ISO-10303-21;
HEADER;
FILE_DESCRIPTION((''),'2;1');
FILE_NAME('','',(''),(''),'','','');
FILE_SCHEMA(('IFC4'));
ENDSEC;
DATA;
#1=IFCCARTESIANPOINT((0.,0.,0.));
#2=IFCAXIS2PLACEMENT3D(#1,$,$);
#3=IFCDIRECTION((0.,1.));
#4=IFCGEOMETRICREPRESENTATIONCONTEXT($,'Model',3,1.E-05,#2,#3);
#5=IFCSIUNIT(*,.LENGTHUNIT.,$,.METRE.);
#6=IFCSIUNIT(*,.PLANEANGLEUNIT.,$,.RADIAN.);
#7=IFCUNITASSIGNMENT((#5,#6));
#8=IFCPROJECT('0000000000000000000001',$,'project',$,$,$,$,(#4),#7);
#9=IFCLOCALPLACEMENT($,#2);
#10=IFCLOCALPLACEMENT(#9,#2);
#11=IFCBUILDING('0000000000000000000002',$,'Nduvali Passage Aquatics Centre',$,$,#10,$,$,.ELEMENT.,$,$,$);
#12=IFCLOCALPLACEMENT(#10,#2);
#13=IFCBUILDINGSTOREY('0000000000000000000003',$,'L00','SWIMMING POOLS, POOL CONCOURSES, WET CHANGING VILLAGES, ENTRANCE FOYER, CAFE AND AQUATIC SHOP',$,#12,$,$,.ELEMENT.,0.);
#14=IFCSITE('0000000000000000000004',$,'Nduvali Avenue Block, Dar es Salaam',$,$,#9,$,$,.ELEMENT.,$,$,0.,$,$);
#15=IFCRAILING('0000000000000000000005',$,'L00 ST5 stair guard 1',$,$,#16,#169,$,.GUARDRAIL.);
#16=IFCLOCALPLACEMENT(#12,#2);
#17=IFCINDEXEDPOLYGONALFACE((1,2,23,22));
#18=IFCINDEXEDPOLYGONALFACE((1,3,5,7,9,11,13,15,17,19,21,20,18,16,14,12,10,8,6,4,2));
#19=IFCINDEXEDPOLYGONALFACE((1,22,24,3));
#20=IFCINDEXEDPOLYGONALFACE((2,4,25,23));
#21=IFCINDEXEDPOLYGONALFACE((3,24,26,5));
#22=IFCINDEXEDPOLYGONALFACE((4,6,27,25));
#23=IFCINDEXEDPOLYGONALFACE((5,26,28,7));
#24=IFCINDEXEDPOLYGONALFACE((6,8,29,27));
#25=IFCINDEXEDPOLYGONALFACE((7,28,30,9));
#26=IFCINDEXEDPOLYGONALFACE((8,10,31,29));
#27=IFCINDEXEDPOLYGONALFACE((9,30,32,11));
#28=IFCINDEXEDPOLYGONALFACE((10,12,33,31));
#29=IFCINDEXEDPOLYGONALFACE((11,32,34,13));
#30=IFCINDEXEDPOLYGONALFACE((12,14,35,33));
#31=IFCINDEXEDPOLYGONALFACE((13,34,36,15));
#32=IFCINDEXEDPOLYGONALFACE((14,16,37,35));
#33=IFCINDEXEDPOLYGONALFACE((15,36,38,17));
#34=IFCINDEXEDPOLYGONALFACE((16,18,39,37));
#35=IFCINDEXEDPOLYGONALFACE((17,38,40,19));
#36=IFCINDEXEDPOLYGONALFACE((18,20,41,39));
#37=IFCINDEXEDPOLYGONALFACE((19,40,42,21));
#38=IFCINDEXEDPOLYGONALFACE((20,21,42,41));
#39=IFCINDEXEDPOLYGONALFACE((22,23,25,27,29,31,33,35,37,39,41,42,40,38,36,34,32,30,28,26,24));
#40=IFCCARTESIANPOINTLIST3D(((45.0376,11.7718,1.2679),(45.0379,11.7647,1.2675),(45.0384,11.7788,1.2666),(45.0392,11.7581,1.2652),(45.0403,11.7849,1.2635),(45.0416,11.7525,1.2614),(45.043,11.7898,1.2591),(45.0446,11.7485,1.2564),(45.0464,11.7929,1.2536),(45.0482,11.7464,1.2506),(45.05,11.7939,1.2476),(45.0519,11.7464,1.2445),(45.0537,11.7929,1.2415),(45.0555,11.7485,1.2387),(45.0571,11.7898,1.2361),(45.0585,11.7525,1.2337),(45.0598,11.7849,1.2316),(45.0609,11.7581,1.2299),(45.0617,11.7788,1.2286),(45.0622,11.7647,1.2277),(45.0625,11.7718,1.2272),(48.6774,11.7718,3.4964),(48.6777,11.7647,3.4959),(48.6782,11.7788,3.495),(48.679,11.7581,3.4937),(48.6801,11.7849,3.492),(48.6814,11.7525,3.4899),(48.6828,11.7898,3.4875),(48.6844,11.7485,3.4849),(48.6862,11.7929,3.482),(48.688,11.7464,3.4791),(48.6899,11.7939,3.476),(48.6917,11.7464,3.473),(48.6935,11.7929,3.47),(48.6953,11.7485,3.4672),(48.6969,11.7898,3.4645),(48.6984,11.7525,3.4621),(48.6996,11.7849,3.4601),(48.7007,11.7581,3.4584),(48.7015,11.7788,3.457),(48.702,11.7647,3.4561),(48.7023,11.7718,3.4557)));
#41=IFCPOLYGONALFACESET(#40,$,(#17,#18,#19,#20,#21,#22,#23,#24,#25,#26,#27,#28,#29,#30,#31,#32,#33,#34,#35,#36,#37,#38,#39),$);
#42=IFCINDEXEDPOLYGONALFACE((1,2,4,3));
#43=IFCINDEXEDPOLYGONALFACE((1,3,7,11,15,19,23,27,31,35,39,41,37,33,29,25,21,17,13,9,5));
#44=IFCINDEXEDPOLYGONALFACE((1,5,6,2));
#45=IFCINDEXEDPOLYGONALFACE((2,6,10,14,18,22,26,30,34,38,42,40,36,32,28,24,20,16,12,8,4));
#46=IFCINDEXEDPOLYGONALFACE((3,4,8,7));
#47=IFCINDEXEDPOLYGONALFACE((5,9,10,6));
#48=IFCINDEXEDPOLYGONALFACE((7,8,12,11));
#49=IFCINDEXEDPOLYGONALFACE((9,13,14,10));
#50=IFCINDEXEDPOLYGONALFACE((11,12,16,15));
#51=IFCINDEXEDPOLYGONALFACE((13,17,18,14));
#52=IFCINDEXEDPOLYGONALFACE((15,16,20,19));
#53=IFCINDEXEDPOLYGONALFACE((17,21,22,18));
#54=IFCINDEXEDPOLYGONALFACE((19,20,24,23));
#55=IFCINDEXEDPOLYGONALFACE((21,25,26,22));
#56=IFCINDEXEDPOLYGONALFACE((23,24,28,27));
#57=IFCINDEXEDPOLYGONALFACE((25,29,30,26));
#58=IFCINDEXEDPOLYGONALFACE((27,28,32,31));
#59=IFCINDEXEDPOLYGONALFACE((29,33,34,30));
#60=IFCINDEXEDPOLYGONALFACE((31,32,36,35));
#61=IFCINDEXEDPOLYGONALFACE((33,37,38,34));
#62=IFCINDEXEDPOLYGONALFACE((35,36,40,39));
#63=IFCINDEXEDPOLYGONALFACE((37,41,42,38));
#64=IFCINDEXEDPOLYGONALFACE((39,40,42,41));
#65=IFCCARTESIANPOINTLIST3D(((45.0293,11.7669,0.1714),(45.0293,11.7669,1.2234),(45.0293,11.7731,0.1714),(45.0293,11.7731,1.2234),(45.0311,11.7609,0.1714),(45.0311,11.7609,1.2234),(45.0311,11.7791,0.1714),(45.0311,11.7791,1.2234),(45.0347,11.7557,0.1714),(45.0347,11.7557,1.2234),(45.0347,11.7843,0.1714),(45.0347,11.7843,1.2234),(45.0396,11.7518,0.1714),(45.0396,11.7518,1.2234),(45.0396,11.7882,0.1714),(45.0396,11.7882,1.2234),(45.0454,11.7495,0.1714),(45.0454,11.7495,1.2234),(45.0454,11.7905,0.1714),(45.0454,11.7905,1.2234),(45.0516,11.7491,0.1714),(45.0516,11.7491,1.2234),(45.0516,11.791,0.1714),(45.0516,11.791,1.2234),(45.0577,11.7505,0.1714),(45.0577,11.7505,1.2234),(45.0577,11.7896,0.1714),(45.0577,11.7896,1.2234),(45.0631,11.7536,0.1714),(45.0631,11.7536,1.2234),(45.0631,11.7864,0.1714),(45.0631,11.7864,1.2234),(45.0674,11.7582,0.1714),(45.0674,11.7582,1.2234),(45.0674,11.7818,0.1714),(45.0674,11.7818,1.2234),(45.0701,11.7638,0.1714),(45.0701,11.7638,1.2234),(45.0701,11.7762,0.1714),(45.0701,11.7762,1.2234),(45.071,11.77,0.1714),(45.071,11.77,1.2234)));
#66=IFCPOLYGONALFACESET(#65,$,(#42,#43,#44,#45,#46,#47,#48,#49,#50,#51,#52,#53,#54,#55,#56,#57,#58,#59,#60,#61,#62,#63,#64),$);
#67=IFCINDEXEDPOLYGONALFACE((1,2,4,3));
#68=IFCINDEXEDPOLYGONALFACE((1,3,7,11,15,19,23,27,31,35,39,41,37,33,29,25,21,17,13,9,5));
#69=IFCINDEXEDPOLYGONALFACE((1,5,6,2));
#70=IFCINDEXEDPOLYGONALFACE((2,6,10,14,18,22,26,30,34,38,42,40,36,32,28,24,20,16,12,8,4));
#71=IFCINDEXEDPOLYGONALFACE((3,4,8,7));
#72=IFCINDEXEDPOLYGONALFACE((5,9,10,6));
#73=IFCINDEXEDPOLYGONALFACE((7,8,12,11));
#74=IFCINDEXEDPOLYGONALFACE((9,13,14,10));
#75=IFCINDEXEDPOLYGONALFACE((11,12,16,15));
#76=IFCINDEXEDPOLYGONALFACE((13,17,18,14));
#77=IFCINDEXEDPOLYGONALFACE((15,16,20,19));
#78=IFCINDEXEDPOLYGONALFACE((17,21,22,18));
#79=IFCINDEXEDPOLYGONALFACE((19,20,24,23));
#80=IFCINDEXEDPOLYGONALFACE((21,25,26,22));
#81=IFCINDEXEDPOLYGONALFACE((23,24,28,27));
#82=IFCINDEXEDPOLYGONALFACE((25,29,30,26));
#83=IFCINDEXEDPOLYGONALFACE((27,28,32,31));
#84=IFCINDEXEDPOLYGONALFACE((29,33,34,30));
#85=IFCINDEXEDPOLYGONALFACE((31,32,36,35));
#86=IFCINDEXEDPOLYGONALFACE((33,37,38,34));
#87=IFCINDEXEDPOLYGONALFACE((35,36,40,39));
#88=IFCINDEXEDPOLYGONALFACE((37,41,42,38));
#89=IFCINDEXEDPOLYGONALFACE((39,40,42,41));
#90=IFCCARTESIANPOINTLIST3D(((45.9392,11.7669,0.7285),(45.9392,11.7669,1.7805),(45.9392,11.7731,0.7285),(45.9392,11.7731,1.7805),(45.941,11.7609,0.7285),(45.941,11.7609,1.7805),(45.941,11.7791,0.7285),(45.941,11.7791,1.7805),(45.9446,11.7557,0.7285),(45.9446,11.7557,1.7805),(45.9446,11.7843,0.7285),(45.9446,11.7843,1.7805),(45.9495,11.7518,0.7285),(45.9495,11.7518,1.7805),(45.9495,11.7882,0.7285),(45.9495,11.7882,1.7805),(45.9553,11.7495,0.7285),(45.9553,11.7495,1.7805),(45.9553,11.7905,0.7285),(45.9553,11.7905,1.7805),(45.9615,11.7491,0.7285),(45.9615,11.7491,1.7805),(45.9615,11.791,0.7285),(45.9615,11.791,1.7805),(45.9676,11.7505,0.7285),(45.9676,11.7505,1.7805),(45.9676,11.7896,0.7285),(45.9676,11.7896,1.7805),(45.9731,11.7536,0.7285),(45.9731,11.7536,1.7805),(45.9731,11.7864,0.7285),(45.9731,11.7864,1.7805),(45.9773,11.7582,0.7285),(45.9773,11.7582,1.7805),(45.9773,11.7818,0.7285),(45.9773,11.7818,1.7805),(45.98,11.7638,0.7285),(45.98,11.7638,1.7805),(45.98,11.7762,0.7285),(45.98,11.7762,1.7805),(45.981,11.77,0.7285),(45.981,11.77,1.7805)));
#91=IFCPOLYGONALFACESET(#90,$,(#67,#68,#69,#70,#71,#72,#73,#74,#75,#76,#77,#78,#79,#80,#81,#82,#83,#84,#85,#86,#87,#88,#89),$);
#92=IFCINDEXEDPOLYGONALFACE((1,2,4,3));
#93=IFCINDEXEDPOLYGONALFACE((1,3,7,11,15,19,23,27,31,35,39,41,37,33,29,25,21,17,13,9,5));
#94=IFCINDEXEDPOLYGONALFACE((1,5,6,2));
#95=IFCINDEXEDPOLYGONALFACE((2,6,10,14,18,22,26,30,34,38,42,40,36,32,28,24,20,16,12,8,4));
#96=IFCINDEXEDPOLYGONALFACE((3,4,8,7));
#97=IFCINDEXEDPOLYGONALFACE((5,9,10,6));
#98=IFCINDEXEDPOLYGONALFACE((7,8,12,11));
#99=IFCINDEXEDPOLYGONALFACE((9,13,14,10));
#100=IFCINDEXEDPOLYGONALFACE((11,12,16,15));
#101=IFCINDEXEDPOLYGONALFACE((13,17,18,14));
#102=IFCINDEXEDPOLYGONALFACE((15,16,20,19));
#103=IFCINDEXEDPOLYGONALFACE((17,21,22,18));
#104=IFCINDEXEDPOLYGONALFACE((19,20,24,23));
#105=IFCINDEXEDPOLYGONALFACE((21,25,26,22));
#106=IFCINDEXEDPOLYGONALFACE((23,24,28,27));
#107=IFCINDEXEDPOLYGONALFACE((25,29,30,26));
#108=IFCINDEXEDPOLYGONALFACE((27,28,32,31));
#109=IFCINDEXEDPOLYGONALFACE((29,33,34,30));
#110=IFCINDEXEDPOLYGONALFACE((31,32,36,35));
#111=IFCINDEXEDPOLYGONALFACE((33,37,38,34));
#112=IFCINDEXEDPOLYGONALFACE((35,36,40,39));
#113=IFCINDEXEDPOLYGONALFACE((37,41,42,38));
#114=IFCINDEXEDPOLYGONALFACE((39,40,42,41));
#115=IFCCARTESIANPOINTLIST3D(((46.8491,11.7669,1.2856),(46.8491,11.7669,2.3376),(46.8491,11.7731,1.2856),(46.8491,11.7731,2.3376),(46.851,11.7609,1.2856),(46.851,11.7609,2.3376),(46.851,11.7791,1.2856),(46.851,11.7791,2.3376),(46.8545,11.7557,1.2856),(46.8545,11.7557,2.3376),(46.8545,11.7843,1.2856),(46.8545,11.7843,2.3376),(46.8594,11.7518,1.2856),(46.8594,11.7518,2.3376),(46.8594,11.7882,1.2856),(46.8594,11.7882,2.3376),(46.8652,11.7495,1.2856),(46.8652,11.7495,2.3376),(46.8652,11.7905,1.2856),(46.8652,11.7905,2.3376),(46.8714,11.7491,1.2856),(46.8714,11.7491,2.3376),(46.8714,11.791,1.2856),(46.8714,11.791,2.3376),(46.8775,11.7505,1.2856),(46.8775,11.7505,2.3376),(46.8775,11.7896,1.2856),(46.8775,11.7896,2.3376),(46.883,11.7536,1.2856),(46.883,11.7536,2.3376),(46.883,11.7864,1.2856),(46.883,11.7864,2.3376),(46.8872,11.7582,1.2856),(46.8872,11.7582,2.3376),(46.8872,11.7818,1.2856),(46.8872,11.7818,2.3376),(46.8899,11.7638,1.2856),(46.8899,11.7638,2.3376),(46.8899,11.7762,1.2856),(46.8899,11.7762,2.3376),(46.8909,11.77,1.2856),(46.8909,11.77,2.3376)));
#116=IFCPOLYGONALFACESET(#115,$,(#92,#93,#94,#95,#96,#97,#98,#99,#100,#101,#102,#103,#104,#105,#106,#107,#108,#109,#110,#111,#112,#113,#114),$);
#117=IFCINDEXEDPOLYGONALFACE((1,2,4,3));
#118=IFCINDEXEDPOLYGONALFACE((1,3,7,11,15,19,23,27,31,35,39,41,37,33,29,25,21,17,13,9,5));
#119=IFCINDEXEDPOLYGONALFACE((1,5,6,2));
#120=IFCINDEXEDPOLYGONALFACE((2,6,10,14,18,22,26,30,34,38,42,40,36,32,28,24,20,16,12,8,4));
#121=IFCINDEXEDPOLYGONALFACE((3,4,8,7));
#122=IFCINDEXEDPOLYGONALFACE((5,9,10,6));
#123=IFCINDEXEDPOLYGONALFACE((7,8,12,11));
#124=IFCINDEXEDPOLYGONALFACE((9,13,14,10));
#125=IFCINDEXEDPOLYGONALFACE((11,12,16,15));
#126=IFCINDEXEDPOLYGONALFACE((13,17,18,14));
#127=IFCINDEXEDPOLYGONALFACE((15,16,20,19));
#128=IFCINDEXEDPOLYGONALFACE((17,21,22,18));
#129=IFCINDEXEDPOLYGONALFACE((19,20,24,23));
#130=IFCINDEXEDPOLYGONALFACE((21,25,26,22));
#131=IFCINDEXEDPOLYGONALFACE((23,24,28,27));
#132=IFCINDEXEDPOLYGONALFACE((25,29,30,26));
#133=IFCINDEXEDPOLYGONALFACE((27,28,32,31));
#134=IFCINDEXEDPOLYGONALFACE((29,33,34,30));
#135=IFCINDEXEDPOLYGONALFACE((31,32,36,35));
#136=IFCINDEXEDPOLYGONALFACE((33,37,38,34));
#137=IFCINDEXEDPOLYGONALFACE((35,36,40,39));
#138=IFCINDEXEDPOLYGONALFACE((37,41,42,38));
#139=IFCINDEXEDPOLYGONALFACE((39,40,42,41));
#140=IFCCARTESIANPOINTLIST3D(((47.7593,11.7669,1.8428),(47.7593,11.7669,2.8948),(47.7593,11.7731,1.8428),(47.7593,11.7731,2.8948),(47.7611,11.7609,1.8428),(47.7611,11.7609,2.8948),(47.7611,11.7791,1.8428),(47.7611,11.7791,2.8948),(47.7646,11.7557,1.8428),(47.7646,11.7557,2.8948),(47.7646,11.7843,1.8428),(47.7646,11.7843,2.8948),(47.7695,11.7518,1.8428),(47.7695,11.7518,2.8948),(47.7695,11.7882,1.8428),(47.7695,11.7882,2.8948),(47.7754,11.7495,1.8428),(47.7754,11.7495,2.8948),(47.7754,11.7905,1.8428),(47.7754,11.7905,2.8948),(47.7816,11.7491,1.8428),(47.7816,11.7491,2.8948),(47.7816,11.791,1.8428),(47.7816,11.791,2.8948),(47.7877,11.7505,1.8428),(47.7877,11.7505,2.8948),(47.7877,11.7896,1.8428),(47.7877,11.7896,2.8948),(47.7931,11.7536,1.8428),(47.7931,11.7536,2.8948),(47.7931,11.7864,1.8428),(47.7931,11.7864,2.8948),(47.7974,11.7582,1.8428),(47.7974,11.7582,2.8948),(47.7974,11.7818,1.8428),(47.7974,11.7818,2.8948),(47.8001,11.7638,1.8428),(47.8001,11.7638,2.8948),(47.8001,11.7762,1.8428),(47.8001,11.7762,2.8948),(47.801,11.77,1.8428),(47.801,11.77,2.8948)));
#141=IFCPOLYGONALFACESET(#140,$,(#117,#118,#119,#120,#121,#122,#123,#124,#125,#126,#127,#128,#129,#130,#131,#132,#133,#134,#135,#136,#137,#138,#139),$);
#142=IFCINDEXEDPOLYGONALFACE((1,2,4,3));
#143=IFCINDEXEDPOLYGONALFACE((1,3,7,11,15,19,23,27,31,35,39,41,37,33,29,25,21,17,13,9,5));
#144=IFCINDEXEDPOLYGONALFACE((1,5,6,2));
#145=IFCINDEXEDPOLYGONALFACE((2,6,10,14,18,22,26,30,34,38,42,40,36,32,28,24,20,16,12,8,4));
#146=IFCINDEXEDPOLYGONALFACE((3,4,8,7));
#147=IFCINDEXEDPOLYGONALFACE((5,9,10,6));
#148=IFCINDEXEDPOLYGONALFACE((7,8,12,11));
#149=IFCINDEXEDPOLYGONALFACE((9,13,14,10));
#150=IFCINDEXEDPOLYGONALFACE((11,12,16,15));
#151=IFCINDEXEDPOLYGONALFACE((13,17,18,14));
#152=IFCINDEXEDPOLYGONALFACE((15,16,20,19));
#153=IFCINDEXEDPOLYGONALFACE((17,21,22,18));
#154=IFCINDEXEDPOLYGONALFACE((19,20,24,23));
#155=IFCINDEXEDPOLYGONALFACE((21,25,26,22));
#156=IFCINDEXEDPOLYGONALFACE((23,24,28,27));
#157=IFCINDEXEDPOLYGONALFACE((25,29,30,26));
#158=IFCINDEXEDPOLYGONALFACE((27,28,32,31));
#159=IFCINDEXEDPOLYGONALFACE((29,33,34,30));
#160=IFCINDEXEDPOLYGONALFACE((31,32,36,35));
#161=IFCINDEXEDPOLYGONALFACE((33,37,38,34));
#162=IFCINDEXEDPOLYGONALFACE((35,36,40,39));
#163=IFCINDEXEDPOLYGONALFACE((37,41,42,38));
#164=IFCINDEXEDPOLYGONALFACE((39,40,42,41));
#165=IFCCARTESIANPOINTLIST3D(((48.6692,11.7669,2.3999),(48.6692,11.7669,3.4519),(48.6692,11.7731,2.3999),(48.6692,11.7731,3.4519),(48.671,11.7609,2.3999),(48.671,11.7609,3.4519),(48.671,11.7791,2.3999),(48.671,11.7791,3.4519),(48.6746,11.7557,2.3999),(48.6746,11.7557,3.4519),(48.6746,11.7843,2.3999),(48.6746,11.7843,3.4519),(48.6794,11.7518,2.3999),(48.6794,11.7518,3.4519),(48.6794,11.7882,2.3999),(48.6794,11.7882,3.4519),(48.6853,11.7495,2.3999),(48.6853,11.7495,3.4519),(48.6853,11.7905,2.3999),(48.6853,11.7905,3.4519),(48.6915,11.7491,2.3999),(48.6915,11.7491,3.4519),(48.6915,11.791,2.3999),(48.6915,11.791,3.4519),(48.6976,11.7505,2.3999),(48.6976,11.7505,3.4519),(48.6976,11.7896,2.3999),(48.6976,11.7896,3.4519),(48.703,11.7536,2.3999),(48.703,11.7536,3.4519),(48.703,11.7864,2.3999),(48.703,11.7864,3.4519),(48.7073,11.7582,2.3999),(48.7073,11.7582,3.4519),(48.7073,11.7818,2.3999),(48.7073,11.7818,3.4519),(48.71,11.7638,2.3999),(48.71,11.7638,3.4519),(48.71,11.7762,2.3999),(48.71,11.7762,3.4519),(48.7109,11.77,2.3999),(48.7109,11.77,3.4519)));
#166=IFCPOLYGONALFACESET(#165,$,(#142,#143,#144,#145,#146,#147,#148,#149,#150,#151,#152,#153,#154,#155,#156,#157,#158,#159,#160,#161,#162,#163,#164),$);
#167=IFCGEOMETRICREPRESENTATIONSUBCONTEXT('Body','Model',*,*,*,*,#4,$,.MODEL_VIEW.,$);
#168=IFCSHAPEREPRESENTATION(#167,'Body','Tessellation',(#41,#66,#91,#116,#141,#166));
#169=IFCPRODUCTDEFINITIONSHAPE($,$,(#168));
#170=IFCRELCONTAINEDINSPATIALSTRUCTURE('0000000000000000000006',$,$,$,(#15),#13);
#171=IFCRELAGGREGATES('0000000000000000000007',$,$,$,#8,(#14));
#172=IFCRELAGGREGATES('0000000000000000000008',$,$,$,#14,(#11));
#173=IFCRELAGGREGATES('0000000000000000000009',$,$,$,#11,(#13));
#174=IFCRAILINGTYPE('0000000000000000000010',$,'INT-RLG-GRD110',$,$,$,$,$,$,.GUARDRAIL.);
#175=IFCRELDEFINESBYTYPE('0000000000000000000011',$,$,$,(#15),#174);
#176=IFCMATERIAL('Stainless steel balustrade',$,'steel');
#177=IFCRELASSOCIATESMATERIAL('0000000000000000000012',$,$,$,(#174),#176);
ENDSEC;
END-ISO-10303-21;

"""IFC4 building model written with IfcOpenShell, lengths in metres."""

from ifc_helpers import new_model, si_unit, direction, frame, origin, origin_2d, place, context, subcontext, project, spatial, circle, extrude, material, type_object, element, save


model = new_model("IFC4")

# Units and contexts
model_context = context("Model", 3, precision=1e-05, world=origin(), true_north=direction((0.0, 1.0)))
body_context = subcontext(model_context, "Body", "Model", "MODEL_VIEW")
ifc_project = project(units=[si_unit("LENGTHUNIT", "METRE"), si_unit("PLANEANGLEUNIT", "RADIAN")], contexts=[model_context])

# Site, building, storey
site_placement = place(None, origin())
site = spatial("IfcSite", under=ifc_project, at=site_placement, Name="Nduvali Avenue Block, Dar es Salaam", CompositionType="ELEMENT", RefElevation=0.0)
building_placement = place(site_placement, origin())
building = spatial("IfcBuilding", under=site, at=building_placement, Name="Nduvali Passage Aquatics Centre", CompositionType="ELEMENT")
storey_placement = place(building_placement, origin())
storey = spatial("IfcBuildingStorey", under=building, at=storey_placement, Name="L00", Description="SWIMMING POOLS, POOL CONCOURSES, WET CHANGING VILLAGES, ENTRANCE FOYER, CAFE AND AQUATIC SHOP", CompositionType="ELEMENT", Elevation=0.0)

# Railing
ifc_material_1 = material(Name="Stainless steel balustrade", Category="steel")
railing_type_1 = type_object("IfcRailingType", Name="INT-RLG-GRD110", PredefinedType="GUARDRAIL", material=ifc_material_1)
railing_1_placement = place(storey_placement, frame((45.05, 11.77, 0.1714)))
element("IfcRailing", 1, at=railing_1_placement, inside=storey, type_object=railing_type_1, Name="L00 ST5 stair guard 1", PredefinedType="GUARDRAIL", context=body_context, shape_type="SweptSolid", body=[
    extrude(circle(Radius=0.0239, at=origin_2d()), frame((0.0, 0.0, 1.0762), z_axis=(0.85285, 0.0, 0.522156), x_axis=(0.0, 1.0, 0.0)), (0.0, 0.0, 1.0), 4.2678),
    extrude(circle(Radius=0.021, at=origin_2d()), origin(), (0.0, 0.0, 1.0), 1.052),
    extrude(circle(Radius=0.021, at=origin_2d()), frame((0.9099, 0.0, 0.5571)), (0.0, 0.0, 1.0), 1.052),
    extrude(circle(Radius=0.021, at=origin_2d()), frame((1.8198, 0.0, 1.1143)), (0.0, 0.0, 1.0), 1.052),
    extrude(circle(Radius=0.021, at=origin_2d()), frame((2.73, 0.0, 1.6714)), (0.0, 0.0, 1.0), 1.052),
    extrude(circle(Radius=0.021, at=origin_2d()), frame((3.6399, 0.0, 2.2285)), (0.0, 0.0, 1.0), 1.052),
])

save(model, "model.ifc")
